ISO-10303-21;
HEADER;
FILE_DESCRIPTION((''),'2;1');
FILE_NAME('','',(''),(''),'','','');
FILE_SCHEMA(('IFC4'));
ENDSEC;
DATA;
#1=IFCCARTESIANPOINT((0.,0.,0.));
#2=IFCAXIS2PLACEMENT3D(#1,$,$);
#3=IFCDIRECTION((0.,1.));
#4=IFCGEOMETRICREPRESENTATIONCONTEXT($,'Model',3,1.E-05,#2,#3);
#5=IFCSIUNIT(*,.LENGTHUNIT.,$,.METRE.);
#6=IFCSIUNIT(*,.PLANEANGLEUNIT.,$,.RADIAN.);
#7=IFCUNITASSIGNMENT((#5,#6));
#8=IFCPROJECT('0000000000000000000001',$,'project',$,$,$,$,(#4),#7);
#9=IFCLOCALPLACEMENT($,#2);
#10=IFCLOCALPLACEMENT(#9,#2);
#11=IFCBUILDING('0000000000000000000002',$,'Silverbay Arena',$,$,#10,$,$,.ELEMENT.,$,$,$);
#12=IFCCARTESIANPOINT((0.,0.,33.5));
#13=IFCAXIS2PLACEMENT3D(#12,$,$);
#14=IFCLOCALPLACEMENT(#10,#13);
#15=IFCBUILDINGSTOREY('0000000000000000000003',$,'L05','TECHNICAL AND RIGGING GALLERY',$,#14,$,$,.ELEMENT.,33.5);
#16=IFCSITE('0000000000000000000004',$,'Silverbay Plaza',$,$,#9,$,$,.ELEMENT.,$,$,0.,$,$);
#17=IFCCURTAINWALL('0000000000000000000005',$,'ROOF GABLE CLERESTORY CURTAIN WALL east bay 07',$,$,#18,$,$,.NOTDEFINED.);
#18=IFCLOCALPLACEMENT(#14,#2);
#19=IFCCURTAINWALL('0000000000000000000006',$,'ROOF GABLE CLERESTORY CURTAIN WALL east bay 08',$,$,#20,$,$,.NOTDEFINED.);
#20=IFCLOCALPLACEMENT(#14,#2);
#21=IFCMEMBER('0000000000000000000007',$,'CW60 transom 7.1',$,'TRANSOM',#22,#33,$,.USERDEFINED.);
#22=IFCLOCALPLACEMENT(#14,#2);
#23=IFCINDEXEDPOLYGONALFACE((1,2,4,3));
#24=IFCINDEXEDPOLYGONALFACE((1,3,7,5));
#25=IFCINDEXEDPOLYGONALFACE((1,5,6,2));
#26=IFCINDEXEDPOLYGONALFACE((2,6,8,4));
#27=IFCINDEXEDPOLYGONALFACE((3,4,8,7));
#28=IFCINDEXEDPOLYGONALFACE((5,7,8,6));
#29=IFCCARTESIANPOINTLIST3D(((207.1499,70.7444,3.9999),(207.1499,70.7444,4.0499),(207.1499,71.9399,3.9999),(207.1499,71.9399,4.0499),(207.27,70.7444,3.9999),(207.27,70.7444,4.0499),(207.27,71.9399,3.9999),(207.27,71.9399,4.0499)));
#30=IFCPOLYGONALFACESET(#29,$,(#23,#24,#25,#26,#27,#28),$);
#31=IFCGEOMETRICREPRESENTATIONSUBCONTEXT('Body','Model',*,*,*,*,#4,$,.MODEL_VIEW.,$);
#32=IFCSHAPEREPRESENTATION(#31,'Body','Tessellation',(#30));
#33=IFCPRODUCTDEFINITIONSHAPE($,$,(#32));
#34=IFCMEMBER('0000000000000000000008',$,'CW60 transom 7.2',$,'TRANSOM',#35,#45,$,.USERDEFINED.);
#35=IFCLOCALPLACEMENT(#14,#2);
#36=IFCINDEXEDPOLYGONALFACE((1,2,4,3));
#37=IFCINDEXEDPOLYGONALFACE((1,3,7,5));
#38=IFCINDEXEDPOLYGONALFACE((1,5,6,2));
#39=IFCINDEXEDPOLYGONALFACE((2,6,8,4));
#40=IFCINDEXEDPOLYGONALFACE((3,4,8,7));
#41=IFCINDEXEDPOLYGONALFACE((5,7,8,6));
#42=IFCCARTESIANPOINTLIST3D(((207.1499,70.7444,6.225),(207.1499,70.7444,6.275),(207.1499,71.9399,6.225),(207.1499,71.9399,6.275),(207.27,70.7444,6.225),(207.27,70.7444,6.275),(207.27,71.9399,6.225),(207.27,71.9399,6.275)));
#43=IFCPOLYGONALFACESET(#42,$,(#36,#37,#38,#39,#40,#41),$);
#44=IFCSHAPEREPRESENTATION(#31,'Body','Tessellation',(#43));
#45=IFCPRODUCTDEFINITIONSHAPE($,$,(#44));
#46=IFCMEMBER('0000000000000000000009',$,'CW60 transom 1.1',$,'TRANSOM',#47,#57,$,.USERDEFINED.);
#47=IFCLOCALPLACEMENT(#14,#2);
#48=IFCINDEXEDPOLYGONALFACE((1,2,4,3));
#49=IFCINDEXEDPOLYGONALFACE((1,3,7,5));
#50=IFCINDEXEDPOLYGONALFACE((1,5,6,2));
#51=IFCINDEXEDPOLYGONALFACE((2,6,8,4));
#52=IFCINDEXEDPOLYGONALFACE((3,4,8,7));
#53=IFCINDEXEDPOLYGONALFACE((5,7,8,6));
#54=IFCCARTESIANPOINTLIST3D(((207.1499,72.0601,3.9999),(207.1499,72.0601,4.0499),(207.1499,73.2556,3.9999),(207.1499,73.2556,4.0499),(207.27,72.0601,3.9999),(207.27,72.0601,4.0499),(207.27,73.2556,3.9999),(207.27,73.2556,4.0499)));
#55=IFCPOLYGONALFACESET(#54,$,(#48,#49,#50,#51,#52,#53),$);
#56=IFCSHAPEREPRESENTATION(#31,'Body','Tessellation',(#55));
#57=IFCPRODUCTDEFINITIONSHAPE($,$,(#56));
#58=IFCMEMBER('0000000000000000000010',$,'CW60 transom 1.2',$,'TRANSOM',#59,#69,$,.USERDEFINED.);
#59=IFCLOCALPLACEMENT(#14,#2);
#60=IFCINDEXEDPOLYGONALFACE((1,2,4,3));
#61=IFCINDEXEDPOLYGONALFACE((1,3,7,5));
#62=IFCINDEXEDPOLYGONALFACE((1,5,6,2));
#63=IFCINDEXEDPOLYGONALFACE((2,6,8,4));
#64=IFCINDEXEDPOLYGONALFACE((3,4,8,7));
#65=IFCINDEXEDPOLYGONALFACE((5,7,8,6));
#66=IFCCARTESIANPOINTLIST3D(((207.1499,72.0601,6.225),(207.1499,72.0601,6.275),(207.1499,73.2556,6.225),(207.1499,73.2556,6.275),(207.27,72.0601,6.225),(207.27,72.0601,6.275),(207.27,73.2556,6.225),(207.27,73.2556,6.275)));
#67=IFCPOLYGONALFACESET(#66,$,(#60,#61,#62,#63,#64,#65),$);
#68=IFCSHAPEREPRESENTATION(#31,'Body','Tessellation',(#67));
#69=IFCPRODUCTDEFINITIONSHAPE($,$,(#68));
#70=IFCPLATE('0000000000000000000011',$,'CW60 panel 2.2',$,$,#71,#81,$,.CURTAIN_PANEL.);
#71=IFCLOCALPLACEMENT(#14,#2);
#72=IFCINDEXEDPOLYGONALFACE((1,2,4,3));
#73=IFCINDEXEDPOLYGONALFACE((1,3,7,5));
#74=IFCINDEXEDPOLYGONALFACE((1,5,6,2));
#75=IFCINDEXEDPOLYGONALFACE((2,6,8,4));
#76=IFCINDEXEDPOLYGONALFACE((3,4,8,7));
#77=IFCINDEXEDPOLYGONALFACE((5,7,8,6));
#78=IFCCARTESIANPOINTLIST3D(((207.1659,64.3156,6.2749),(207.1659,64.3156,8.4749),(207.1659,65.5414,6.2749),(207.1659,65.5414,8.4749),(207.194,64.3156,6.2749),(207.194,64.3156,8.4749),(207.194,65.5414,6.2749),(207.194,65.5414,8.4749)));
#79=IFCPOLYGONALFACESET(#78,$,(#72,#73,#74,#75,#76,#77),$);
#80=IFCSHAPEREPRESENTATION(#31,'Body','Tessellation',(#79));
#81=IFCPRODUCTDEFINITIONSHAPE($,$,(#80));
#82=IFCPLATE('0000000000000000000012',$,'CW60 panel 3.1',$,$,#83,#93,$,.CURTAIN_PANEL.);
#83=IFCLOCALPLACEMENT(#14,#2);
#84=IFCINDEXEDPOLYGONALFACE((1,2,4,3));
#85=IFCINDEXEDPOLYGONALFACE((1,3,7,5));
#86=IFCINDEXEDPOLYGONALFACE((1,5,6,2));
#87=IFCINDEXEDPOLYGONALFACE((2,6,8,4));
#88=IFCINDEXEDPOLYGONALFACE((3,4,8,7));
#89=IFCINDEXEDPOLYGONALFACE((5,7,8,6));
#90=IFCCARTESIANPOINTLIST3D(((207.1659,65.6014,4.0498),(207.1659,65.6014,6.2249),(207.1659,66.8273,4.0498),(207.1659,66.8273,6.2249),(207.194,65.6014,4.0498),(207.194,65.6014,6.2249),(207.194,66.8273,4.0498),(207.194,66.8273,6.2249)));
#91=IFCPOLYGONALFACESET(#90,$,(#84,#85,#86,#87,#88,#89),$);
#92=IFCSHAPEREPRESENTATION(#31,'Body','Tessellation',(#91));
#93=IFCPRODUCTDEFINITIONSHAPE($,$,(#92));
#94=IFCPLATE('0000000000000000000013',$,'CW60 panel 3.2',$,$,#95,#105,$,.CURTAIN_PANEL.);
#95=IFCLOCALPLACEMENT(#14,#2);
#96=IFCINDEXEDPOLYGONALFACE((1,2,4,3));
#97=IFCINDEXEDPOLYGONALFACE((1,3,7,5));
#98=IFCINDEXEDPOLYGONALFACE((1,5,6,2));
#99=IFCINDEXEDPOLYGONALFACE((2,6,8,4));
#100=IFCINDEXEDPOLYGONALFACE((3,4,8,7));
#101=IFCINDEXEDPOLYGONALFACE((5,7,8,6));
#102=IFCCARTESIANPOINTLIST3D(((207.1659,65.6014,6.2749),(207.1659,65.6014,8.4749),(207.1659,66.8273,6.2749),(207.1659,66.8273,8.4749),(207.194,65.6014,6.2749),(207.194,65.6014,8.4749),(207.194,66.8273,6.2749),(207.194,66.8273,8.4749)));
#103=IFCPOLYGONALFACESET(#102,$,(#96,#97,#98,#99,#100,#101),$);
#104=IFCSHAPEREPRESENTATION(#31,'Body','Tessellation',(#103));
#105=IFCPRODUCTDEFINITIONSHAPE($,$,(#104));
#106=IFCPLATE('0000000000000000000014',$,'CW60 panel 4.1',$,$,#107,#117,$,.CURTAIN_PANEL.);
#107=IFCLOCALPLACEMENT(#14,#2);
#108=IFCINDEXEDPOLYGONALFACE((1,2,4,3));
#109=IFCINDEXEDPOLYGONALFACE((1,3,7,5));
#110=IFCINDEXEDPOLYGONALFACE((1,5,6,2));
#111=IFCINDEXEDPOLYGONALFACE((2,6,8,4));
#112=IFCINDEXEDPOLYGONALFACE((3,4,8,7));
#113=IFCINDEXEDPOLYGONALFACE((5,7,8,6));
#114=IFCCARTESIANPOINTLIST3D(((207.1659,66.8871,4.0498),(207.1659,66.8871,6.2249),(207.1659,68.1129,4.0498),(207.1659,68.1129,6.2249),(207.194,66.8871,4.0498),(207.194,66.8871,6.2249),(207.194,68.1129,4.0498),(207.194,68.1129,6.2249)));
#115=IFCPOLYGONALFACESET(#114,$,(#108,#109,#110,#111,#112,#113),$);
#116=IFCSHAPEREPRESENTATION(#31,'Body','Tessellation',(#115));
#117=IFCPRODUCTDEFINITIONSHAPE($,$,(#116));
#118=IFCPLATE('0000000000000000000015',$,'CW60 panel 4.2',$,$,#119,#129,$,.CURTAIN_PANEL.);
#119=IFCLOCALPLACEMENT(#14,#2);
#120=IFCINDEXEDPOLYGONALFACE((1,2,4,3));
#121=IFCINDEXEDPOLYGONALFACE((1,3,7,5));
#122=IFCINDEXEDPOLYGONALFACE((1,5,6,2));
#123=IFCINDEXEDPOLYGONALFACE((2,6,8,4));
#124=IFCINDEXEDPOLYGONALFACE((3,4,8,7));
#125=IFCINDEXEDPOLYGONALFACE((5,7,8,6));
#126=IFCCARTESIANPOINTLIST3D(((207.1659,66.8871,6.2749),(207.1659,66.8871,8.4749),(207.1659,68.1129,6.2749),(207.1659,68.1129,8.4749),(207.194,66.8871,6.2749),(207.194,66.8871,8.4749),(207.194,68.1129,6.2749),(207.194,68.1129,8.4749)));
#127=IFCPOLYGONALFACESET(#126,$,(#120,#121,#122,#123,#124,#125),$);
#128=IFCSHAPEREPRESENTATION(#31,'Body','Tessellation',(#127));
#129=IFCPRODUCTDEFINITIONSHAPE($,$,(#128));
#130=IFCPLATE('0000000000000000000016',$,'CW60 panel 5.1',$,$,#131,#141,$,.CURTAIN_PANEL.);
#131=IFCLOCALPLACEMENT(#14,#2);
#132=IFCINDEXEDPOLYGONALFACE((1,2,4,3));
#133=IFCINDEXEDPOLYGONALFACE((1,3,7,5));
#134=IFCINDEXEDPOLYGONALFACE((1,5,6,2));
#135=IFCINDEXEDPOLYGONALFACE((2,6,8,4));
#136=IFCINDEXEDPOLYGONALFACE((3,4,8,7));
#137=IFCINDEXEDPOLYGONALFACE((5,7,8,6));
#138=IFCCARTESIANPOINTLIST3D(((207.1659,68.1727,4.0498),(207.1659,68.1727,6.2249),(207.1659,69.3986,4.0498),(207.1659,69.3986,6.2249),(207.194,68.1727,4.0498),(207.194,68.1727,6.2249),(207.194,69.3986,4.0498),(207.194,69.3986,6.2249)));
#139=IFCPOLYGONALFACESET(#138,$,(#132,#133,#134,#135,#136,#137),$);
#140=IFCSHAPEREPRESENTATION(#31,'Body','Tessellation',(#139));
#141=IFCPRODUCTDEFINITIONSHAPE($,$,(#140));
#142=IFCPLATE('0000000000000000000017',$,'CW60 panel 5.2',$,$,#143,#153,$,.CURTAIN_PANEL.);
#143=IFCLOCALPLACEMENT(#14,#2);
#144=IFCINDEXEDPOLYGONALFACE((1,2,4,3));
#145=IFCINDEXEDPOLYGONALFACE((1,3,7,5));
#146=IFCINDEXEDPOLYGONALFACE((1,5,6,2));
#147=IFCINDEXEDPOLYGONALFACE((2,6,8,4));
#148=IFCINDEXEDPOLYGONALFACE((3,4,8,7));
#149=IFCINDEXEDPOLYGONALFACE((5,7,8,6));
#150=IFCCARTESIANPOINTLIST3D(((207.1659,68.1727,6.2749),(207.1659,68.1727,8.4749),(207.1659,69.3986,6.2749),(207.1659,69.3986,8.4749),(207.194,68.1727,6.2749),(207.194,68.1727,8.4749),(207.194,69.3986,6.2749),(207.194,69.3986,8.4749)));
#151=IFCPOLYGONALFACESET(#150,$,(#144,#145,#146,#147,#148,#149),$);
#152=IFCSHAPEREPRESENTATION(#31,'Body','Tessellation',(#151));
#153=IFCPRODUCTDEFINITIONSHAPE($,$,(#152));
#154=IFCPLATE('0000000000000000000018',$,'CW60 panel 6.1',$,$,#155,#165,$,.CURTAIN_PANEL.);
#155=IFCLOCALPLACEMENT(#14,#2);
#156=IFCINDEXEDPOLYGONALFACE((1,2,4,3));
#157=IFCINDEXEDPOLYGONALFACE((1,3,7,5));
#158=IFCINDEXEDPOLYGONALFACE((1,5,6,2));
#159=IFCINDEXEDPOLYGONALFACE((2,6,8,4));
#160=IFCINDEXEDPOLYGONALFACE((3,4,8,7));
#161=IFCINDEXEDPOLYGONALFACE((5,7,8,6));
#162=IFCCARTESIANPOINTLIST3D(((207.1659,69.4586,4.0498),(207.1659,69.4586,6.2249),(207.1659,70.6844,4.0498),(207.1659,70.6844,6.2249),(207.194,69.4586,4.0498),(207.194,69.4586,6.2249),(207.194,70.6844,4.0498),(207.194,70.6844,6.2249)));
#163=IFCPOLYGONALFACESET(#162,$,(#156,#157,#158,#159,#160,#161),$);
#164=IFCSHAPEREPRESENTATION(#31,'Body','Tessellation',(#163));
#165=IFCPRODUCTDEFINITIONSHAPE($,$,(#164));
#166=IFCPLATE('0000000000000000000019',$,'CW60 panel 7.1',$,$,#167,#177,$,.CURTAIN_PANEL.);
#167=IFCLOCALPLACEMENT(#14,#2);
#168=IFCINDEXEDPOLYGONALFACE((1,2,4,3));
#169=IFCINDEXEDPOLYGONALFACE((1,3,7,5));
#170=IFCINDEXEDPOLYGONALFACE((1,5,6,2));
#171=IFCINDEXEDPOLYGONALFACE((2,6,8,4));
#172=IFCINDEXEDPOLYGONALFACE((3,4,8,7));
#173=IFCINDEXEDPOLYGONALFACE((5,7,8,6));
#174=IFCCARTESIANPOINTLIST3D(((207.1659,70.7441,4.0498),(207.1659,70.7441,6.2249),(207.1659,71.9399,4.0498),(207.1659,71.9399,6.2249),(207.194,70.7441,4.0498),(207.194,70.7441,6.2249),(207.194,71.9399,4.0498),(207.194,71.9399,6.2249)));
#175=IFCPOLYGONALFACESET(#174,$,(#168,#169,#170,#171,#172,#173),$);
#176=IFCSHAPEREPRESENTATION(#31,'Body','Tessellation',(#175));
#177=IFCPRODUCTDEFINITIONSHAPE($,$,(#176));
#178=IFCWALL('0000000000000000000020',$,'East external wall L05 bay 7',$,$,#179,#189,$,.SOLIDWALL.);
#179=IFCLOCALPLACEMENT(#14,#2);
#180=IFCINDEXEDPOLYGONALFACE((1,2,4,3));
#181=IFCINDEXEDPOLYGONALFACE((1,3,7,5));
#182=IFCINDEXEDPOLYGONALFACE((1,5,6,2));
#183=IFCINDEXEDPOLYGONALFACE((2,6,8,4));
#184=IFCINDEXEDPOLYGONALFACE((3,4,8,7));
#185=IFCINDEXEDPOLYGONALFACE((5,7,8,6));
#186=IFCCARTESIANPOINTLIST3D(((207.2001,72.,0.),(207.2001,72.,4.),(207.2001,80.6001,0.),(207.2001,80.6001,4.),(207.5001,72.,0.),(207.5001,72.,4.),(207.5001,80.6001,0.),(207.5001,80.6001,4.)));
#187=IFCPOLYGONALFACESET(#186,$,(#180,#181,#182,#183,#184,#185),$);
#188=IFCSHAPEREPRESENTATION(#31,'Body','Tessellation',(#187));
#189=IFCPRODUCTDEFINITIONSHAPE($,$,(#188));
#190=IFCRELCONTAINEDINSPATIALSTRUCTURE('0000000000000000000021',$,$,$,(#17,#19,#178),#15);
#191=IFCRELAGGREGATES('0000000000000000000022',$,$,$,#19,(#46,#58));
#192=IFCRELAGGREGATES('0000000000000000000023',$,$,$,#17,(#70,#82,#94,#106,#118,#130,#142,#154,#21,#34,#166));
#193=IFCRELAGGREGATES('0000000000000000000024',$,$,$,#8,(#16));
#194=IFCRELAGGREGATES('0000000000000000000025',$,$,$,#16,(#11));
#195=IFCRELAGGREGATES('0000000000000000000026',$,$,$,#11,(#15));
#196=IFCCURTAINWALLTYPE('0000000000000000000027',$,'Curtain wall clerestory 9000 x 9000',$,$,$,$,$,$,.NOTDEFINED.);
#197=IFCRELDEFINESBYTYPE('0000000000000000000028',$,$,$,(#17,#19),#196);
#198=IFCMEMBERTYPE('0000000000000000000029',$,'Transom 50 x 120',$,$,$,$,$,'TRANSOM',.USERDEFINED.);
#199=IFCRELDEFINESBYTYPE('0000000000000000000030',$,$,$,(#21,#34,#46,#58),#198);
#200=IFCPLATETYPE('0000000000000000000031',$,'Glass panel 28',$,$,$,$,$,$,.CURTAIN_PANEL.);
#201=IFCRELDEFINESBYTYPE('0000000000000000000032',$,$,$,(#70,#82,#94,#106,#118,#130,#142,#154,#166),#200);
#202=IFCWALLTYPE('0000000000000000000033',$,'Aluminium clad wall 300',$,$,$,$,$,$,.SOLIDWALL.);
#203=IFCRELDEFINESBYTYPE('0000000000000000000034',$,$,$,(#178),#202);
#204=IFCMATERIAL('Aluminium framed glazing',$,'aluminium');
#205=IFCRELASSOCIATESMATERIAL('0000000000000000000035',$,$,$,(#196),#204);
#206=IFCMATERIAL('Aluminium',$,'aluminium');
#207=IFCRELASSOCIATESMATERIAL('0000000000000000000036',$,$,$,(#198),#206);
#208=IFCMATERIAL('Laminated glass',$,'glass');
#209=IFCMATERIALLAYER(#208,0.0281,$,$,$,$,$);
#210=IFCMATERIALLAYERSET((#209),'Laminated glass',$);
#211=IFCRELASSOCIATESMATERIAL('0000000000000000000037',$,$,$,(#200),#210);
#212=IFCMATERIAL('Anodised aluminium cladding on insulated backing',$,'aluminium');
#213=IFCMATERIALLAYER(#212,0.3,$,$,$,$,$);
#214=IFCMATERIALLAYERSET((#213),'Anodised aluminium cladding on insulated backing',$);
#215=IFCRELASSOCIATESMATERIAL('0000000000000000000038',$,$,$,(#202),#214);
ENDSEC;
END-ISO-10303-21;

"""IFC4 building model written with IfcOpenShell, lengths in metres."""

from ifc_helpers import new_model, si_unit, direction, frame, frame_2d, origin, origin_2d, place, context, subcontext, project, spatial, rectangle, extrude, material, layer, layer_set, material_profile, profile_set, type_object, element, aggregate, save


model = new_model("IFC4")

# Units and contexts
model_context = context("Model", 3, precision=1e-05, world=origin(), true_north=direction((0.0, 1.0)))
body_context = subcontext(model_context, "Body", "Model", "MODEL_VIEW")
ifc_project = project(units=[si_unit("LENGTHUNIT", "METRE"), si_unit("PLANEANGLEUNIT", "RADIAN")], contexts=[model_context])

# Site, building, storey
site_placement = place(None, origin())
site = spatial("IfcSite", under=ifc_project, at=site_placement, Name="Silverbay Plaza", CompositionType="ELEMENT", RefElevation=0.0)
building_placement = place(site_placement, origin())
building = spatial("IfcBuilding", under=site, at=building_placement, Name="Silverbay Arena", CompositionType="ELEMENT")
storey_placement = place(building_placement, frame((0.0, 0.0, 33.5)))
storey = spatial("IfcBuildingStorey", under=building, at=storey_placement, Name="L05", Description="TECHNICAL AND RIGGING GALLERY", CompositionType="ELEMENT", Elevation=33.5)

# Curtain wall
ifc_material_1 = material(Name="Aluminium framed glazing", Category="aluminium")
curtain_wall_type = type_object("IfcCurtainWallType", Name="Curtain wall clerestory 9000 x 9000", PredefinedType="NOTDEFINED", material=ifc_material_1)
curtain_wall_1_placement = place(storey_placement, origin())
curtain_wall_1 = element("IfcCurtainWall", 1, at=curtain_wall_1_placement, inside=storey, type_object=curtain_wall_type, Name="ROOF GABLE CLERESTORY CURTAIN WALL east bay 07", PredefinedType="NOTDEFINED")

# Curtain wall
curtain_wall_2_placement = place(storey_placement, origin())
curtain_wall_2 = element("IfcCurtainWall", 2, at=curtain_wall_2_placement, inside=storey, type_object=curtain_wall_type, Name="ROOF GABLE CLERESTORY CURTAIN WALL east bay 08", PredefinedType="NOTDEFINED")

# Members
ifc_material_2 = material(Name="Aluminium", Category="aluminium")
ifc_material_profile_1 = material_profile(ifc_material_2, rectangle(XDim=0.1201, YDim=0.05, at=origin_2d()), Name="Transom 50 x 120")
ifc_profile_set_1 = profile_set([ifc_material_profile_1], Name="Aluminium")
member_type_1 = type_object("IfcMemberType", Name="Transom 50 x 120", ElementType="TRANSOM", PredefinedType="USERDEFINED", material=ifc_profile_set_1)
member_1_placement = place(storey_placement, frame((207.21, 70.7444, 4.0249), z_axis=(0.0, 1.0, 0.0), x_axis=(-1.0, 0.0, 0.0)))
member_1 = element("IfcMember", 3, at=member_1_placement, type_object=member_type_1, Name="CW60 transom 7.1", ObjectType="TRANSOM", PredefinedType="USERDEFINED", context=body_context, shape_type="SweptSolid", body=[
    extrude(rectangle(XDim=0.1201, YDim=0.05, at=origin_2d()), origin(), (0.0, 0.0, 1.0), 1.1956),
])
member_2_placement = place(storey_placement, frame((207.21, 70.7444, 6.25), z_axis=(0.0, 1.0, 0.0), x_axis=(-1.0, 0.0, 0.0)))
member_2 = element("IfcMember", 4, at=member_2_placement, type_object=member_type_1, Name="CW60 transom 7.2", ObjectType="TRANSOM", PredefinedType="USERDEFINED", context=body_context, shape_type="SweptSolid", body=[
    extrude(rectangle(XDim=0.1201, YDim=0.05, at=origin_2d()), origin(), (0.0, 0.0, 1.0), 1.1956),
])
member_3_placement = place(storey_placement, frame((207.21, 72.0601, 4.0249), z_axis=(0.0, 1.0, 0.0), x_axis=(-1.0, 0.0, 0.0)))
member_3 = element("IfcMember", 5, at=member_3_placement, type_object=member_type_1, Name="CW60 transom 1.1", ObjectType="TRANSOM", PredefinedType="USERDEFINED", context=body_context, shape_type="SweptSolid", body=[
    extrude(rectangle(XDim=0.1201, YDim=0.05, at=origin_2d()), origin(), (0.0, 0.0, 1.0), 1.1956),
])
member_4_placement = place(storey_placement, frame((207.21, 72.0601, 6.25), z_axis=(0.0, 1.0, 0.0), x_axis=(-1.0, 0.0, 0.0)))
member_4 = element("IfcMember", 6, at=member_4_placement, type_object=member_type_1, Name="CW60 transom 1.2", ObjectType="TRANSOM", PredefinedType="USERDEFINED", context=body_context, shape_type="SweptSolid", body=[
    extrude(rectangle(XDim=0.1201, YDim=0.05, at=origin_2d()), origin(), (0.0, 0.0, 1.0), 1.1956),
])
aggregate(curtain_wall_2, [member_3, member_4])

# Plates
ifc_material_3 = material(Name="Laminated glass", Category="glass")
ifc_layer_1 = layer(ifc_material_3, 0.0281)
ifc_layer_set_1 = layer_set([ifc_layer_1], Name="Laminated glass")
plate_type = type_object("IfcPlateType", Name="Glass panel 28", PredefinedType="CURTAIN_PANEL", material=ifc_layer_set_1)
plate_1_placement = place(storey_placement, frame((207.1799, 64.9285, 6.2749), z_axis=(0.0, 0.0, 1.0), x_axis=(0.0, 1.0, 0.0)))
plate_1 = element("IfcPlate", 7, at=plate_1_placement, type_object=plate_type, Name="CW60 panel 2.2", PredefinedType="CURTAIN_PANEL", context=body_context, shape_type="SweptSolid", body=[
    extrude(rectangle(XDim=1.2258, YDim=0.0281, at=origin_2d()), origin(), (0.0, 0.0, 1.0), 2.2),
])
plate_2_placement = place(storey_placement, frame((207.1799, 66.2144, 4.0498), z_axis=(0.0, 0.0, 1.0), x_axis=(0.0, 1.0, 0.0)))
plate_2 = element("IfcPlate", 8, at=plate_2_placement, type_object=plate_type, Name="CW60 panel 3.1", PredefinedType="CURTAIN_PANEL", context=body_context, shape_type="SweptSolid", body=[
    extrude(rectangle(XDim=1.2258, YDim=0.0281, at=origin_2d()), origin(), (0.0, 0.0, 1.0), 2.175),
])
plate_3_placement = place(storey_placement, frame((207.1799, 66.2144, 6.2749), z_axis=(0.0, 0.0, 1.0), x_axis=(0.0, 1.0, 0.0)))
plate_3 = element("IfcPlate", 9, at=plate_3_placement, type_object=plate_type, Name="CW60 panel 3.2", PredefinedType="CURTAIN_PANEL", context=body_context, shape_type="SweptSolid", body=[
    extrude(rectangle(XDim=1.2258, YDim=0.0281, at=origin_2d()), origin(), (0.0, 0.0, 1.0), 2.2),
])
plate_4_placement = place(storey_placement, frame((207.1799, 67.5, 4.0498), z_axis=(0.0, 0.0, 1.0), x_axis=(0.0, 1.0, 0.0)))
plate_4 = element("IfcPlate", 10, at=plate_4_placement, type_object=plate_type, Name="CW60 panel 4.1", PredefinedType="CURTAIN_PANEL", context=body_context, shape_type="SweptSolid", body=[
    extrude(rectangle(XDim=1.2258, YDim=0.0281, at=origin_2d()), origin(), (0.0, 0.0, 1.0), 2.175),
])
plate_5_placement = place(storey_placement, frame((207.1799, 67.5, 6.2749), z_axis=(0.0, 0.0, 1.0), x_axis=(0.0, 1.0, 0.0)))
plate_5 = element("IfcPlate", 11, at=plate_5_placement, type_object=plate_type, Name="CW60 panel 4.2", PredefinedType="CURTAIN_PANEL", context=body_context, shape_type="SweptSolid", body=[
    extrude(rectangle(XDim=1.2258, YDim=0.0281, at=origin_2d()), origin(), (0.0, 0.0, 1.0), 2.2),
])
plate_6_placement = place(storey_placement, frame((207.1799, 68.7856, 4.0498), z_axis=(0.0, 0.0, 1.0), x_axis=(0.0, 1.0, 0.0)))
plate_6 = element("IfcPlate", 12, at=plate_6_placement, type_object=plate_type, Name="CW60 panel 5.1", PredefinedType="CURTAIN_PANEL", context=body_context, shape_type="SweptSolid", body=[
    extrude(rectangle(XDim=1.2258, YDim=0.0281, at=origin_2d()), origin(), (0.0, 0.0, 1.0), 2.175),
])
plate_7_placement = place(storey_placement, frame((207.1799, 68.7856, 6.2749), z_axis=(0.0, 0.0, 1.0), x_axis=(0.0, 1.0, 0.0)))
plate_7 = element("IfcPlate", 13, at=plate_7_placement, type_object=plate_type, Name="CW60 panel 5.2", PredefinedType="CURTAIN_PANEL", context=body_context, shape_type="SweptSolid", body=[
    extrude(rectangle(XDim=1.2258, YDim=0.0281, at=origin_2d()), origin(), (0.0, 0.0, 1.0), 2.2),
])
plate_8_placement = place(storey_placement, frame((207.1799, 70.0715, 4.0498), z_axis=(0.0, 0.0, 1.0), x_axis=(0.0, 1.0, 0.0)))
plate_8 = element("IfcPlate", 14, at=plate_8_placement, type_object=plate_type, Name="CW60 panel 6.1", PredefinedType="CURTAIN_PANEL", context=body_context, shape_type="SweptSolid", body=[
    extrude(rectangle(XDim=1.2258, YDim=0.0281, at=origin_2d()), origin(), (0.0, 0.0, 1.0), 2.175),
])
plate_9_placement = place(storey_placement, frame((207.1799, 71.342, 4.0498), z_axis=(0.0, 0.0, 1.0), x_axis=(0.0, 1.0, 0.0)))
plate_9 = element("IfcPlate", 15, at=plate_9_placement, type_object=plate_type, Name="CW60 panel 7.1", PredefinedType="CURTAIN_PANEL", context=body_context, shape_type="SweptSolid", body=[
    extrude(rectangle(XDim=1.1958, YDim=0.0281, at=origin_2d()), origin(), (0.0, 0.0, 1.0), 2.175),
])
aggregate(curtain_wall_1, [plate_1, plate_2, plate_3, plate_4, plate_5, plate_6, plate_7, plate_8, member_1, member_2, plate_9])

# Wall
ifc_material_4 = material(Name="Anodised aluminium cladding on insulated backing", Category="aluminium")
ifc_layer_2 = layer(ifc_material_4, 0.3)
ifc_layer_set_2 = layer_set([ifc_layer_2], Name="Anodised aluminium cladding on insulated backing")
wall_type = type_object("IfcWallType", Name="Aluminium clad wall 300", PredefinedType="SOLIDWALL", material=ifc_layer_set_2)
wall_placement = place(storey_placement, frame((207.3501, 72.0, 0.0), z_axis=(0.0, 0.0, 1.0), x_axis=(0.0, 1.0, 0.0)))
element("IfcWall", 16, at=wall_placement, inside=storey, type_object=wall_type, Name="East external wall L05 bay 7", PredefinedType="SOLIDWALL", context=body_context, shape_type="SweptSolid", body=[
    extrude(rectangle(XDim=8.6001, YDim=0.3, at=frame_2d((4.3, 0.0))), origin(), (0.0, 0.0, 1.0), 4.0),
])

save(model, "model.ifc")
